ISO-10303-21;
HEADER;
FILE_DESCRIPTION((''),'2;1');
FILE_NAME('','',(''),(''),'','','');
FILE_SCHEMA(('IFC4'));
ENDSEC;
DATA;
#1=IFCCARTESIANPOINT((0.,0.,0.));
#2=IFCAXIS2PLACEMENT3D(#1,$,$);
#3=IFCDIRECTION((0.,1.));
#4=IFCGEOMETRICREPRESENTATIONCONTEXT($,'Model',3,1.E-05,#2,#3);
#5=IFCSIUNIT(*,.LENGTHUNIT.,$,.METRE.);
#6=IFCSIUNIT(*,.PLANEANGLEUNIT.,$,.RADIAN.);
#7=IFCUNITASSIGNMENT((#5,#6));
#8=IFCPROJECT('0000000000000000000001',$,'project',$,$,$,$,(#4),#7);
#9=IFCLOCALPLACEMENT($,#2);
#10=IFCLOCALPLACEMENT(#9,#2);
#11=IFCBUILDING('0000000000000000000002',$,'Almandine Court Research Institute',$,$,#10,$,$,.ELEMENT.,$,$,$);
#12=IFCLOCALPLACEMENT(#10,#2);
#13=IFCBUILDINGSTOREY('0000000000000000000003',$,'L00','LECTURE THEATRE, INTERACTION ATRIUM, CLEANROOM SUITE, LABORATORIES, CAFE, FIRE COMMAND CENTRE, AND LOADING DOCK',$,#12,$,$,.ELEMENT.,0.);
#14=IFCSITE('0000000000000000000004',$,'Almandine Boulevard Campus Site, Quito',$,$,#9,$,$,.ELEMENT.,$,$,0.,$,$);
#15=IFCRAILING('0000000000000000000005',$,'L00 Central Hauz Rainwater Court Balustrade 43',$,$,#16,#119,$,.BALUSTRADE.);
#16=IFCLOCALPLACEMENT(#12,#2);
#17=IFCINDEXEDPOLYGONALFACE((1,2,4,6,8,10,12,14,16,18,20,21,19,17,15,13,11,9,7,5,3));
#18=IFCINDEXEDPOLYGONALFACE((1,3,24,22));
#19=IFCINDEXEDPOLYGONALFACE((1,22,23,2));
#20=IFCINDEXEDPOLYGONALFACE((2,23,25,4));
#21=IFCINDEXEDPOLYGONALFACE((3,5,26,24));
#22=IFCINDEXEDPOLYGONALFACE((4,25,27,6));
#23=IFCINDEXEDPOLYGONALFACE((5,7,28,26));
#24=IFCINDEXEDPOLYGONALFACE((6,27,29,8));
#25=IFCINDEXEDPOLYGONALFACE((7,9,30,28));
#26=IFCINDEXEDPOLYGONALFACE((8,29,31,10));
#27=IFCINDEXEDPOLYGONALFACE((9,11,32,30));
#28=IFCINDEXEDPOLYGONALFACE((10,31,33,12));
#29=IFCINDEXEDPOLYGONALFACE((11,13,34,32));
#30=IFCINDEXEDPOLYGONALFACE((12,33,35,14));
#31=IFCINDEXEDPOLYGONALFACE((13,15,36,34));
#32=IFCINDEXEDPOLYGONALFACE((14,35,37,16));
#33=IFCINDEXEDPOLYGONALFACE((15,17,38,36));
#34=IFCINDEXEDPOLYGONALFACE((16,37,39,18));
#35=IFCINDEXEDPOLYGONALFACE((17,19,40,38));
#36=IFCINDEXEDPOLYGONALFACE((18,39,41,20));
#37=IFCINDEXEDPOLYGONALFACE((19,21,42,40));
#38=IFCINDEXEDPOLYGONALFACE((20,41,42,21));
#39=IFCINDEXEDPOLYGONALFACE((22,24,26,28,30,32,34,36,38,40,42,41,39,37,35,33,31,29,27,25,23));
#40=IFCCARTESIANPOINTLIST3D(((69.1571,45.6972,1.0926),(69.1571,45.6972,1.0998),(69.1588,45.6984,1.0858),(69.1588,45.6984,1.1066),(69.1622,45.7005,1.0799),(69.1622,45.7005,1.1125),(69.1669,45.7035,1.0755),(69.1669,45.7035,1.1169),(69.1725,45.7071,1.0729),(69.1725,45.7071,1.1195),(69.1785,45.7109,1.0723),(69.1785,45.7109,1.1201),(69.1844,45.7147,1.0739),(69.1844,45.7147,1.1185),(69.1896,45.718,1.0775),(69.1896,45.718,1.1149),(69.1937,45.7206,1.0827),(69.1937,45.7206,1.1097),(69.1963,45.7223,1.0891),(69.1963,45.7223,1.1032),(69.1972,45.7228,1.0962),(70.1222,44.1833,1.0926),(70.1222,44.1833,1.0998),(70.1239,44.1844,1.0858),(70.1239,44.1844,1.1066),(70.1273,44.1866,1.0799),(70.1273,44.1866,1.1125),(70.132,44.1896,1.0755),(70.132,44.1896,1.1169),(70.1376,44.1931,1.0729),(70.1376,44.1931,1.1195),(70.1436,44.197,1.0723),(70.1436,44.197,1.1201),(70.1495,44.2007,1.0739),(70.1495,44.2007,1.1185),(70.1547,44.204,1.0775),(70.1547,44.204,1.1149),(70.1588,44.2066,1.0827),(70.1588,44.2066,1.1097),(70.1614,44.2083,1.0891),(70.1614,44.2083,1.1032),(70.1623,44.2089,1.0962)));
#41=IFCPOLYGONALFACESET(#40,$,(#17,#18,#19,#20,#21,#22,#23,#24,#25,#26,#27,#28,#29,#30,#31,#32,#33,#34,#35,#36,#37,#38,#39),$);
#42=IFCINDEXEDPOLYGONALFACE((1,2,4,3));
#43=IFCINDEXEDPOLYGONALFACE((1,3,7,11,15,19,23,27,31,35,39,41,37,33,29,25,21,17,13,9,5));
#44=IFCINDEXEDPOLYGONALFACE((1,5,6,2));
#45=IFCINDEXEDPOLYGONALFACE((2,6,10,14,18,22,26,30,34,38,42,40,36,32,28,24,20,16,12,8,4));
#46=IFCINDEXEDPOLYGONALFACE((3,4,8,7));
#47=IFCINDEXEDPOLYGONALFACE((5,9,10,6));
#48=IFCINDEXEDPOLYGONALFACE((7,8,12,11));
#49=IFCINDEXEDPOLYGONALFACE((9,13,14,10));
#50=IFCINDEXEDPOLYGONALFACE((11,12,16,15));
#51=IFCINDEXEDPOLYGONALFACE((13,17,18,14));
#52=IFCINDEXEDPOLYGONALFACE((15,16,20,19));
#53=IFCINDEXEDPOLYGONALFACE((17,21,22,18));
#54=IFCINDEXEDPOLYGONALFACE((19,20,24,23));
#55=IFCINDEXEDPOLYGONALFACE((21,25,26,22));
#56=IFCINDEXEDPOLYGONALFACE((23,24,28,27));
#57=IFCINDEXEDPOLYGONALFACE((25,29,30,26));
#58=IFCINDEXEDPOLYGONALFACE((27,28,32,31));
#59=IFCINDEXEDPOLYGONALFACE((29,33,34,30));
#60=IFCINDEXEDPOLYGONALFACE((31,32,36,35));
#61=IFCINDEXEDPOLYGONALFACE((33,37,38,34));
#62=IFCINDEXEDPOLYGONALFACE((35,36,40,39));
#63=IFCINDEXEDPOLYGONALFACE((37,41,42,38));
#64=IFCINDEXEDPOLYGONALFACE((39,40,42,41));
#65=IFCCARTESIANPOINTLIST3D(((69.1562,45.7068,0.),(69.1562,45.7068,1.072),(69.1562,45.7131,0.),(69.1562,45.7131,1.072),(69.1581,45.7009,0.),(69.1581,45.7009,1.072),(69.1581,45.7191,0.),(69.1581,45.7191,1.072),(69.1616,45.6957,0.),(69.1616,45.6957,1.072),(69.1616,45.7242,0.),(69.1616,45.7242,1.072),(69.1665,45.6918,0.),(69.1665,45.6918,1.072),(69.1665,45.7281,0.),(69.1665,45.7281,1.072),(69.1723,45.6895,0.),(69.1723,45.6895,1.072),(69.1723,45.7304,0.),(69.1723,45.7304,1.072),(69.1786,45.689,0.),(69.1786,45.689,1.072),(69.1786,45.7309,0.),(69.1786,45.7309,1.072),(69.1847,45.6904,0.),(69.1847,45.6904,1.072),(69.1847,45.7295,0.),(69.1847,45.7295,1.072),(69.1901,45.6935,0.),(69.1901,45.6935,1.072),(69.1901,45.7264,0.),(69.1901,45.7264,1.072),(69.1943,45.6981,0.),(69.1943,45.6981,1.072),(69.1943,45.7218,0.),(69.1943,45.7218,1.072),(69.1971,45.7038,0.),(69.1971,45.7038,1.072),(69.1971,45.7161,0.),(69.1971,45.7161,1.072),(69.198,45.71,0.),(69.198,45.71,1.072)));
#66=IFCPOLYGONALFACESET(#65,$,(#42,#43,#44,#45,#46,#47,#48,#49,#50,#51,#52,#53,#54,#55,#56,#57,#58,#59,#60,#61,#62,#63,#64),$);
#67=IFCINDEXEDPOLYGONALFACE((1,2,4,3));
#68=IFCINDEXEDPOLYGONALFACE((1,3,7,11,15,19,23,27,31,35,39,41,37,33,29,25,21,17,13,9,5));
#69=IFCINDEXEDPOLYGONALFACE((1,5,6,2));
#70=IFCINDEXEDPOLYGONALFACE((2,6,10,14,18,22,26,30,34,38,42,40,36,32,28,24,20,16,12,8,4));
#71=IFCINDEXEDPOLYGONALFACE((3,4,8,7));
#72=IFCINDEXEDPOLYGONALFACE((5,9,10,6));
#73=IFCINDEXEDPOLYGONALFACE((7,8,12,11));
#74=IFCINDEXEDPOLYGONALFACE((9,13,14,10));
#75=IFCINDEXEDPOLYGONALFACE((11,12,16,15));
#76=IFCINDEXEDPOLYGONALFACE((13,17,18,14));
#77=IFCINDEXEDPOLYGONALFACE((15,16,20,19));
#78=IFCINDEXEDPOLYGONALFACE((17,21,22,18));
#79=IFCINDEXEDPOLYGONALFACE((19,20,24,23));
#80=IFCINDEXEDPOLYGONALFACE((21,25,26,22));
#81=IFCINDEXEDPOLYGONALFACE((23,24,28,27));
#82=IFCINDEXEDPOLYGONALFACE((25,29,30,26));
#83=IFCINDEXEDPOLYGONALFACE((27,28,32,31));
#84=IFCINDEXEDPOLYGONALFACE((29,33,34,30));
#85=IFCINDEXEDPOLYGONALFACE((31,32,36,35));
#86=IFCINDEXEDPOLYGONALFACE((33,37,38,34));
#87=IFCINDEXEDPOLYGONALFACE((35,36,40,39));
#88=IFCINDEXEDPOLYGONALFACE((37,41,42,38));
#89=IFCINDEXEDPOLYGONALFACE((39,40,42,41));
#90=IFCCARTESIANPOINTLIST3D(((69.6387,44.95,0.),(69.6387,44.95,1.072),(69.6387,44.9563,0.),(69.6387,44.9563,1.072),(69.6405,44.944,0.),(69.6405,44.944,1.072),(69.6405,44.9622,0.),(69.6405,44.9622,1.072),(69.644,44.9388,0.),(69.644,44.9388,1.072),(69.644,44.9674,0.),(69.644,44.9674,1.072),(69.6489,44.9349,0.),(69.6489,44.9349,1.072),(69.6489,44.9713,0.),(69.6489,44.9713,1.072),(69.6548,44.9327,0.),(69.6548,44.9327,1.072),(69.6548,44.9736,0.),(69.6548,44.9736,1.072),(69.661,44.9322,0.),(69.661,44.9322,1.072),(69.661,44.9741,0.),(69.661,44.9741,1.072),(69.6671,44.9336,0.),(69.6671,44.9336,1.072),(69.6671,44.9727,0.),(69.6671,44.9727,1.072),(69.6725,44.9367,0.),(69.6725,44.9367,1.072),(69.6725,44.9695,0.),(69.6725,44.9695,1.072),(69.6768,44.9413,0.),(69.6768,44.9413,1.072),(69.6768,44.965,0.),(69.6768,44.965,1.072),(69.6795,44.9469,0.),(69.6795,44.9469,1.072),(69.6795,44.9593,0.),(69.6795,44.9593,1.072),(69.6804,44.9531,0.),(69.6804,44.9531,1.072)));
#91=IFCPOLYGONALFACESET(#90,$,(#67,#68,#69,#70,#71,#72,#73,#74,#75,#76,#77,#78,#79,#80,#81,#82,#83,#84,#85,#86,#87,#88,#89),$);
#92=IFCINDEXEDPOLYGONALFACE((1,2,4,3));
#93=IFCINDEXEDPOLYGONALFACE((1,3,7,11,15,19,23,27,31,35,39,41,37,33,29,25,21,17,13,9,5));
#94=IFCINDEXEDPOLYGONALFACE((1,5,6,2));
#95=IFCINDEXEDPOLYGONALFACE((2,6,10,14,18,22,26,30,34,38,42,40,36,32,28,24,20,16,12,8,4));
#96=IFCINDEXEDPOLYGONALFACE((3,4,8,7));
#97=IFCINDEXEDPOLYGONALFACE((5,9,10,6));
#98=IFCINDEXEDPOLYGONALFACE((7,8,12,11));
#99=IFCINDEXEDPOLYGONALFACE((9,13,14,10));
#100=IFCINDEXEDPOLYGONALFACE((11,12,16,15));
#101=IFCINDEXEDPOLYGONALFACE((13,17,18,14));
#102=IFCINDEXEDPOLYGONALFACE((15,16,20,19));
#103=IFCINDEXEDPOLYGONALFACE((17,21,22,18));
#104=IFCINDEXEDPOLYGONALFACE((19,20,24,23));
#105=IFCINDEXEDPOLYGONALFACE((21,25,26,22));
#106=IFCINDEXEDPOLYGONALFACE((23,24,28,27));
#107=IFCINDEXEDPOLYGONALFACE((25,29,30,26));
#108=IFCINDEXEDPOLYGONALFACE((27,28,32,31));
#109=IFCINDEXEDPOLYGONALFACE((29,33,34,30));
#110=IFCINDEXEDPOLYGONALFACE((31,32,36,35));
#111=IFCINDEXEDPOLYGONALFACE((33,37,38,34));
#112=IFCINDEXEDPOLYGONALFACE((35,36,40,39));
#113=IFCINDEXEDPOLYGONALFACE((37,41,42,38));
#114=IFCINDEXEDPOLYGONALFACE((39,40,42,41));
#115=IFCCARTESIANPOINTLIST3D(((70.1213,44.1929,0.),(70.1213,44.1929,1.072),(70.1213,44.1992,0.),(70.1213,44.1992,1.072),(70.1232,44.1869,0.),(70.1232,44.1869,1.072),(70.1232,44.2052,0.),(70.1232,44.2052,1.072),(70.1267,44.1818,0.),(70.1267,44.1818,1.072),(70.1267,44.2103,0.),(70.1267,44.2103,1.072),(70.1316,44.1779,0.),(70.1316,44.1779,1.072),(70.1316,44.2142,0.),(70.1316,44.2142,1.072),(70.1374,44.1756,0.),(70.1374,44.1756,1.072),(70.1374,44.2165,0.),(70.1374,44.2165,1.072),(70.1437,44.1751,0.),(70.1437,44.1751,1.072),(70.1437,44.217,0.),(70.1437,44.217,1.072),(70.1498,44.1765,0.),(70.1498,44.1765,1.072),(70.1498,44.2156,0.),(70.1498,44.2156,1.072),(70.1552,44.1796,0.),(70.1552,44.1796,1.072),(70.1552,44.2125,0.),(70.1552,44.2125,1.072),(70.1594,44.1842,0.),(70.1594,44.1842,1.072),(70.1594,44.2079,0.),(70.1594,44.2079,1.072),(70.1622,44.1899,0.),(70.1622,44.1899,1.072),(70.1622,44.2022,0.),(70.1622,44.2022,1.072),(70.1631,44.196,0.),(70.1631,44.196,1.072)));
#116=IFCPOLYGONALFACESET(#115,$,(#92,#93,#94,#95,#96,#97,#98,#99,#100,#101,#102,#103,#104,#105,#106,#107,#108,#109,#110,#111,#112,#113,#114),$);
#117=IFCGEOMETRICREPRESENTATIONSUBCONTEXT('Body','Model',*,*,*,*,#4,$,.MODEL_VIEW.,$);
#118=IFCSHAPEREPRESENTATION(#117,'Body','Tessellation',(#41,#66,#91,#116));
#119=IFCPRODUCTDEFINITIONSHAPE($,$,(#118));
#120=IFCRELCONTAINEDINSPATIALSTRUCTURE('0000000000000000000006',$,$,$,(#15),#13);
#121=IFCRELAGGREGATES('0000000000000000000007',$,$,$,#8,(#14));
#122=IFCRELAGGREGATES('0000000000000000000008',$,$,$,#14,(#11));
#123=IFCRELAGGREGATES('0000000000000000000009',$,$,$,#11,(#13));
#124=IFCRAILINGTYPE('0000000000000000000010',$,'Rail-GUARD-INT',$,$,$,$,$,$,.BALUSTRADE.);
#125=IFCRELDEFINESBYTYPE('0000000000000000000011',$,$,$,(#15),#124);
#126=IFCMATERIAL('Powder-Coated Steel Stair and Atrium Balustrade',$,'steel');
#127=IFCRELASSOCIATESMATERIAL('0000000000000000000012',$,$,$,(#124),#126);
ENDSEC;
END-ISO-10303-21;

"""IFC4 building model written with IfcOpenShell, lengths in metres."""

from ifc_helpers import new_model, si_unit, direction, frame, origin, origin_2d, place, context, subcontext, project, spatial, circle, extrude, material, type_object, element, save


model = new_model("IFC4")

# Units and contexts
model_context = context("Model", 3, precision=1e-05, world=origin(), true_north=direction((0.0, 1.0)))
body_context = subcontext(model_context, "Body", "Model", "MODEL_VIEW")
ifc_project = project(units=[si_unit("LENGTHUNIT", "METRE"), si_unit("PLANEANGLEUNIT", "RADIAN")], contexts=[model_context])

# Site, building, storey
site_placement = place(None, origin())
site = spatial("IfcSite", under=ifc_project, at=site_placement, Name="Almandine Boulevard Campus Site, Quito", CompositionType="ELEMENT", RefElevation=0.0)
building_placement = place(site_placement, origin())
building = spatial("IfcBuilding", under=site, at=building_placement, Name="Almandine Court Research Institute", CompositionType="ELEMENT")
storey_placement = place(building_placement, origin())
storey = spatial("IfcBuildingStorey", under=building, at=storey_placement, Name="L00", Description="LECTURE THEATRE, INTERACTION ATRIUM, CLEANROOM SUITE, LABORATORIES, CAFE, FIRE COMMAND CENTRE, AND LOADING DOCK", CompositionType="ELEMENT", Elevation=0.0)

# Railing
ifc_material_1 = material(Name="Powder-Coated Steel Stair and Atrium Balustrade", Category="steel")
railing_type = type_object("IfcRailingType", Name="Rail-GUARD-INT", PredefinedType="BALUSTRADE", material=ifc_material_1)
railing_1_placement = place(storey_placement, frame((69.177, 45.71, 0.0)))
element("IfcRailing", 1, at=railing_1_placement, inside=storey, type_object=railing_type, Name="L00 Central Hauz Rainwater Court Balustrade 43", PredefinedType="BALUSTRADE", context=body_context, shape_type="SweptSolid", body=[
    extrude(circle(Radius=0.0239, at=origin_2d()), frame((0.0, 0.0, 1.0962), z_axis=(0.537544, -0.843236, 0.0), x_axis=(0.843236, 0.537544, 0.0)), (0.0, 0.0, 1.0), 1.7954),
    extrude(circle(Radius=0.021, at=origin_2d()), origin(), (0.0, 0.0, 1.0), 1.072),
    extrude(circle(Radius=0.021, at=origin_2d()), frame((0.4824, -0.7568, 0.0)), (0.0, 0.0, 1.0), 1.072),
    extrude(circle(Radius=0.021, at=origin_2d()), frame((0.9651, -1.5139, 0.0)), (0.0, 0.0, 1.0), 1.072),
])

save(model, "model.ifc")
